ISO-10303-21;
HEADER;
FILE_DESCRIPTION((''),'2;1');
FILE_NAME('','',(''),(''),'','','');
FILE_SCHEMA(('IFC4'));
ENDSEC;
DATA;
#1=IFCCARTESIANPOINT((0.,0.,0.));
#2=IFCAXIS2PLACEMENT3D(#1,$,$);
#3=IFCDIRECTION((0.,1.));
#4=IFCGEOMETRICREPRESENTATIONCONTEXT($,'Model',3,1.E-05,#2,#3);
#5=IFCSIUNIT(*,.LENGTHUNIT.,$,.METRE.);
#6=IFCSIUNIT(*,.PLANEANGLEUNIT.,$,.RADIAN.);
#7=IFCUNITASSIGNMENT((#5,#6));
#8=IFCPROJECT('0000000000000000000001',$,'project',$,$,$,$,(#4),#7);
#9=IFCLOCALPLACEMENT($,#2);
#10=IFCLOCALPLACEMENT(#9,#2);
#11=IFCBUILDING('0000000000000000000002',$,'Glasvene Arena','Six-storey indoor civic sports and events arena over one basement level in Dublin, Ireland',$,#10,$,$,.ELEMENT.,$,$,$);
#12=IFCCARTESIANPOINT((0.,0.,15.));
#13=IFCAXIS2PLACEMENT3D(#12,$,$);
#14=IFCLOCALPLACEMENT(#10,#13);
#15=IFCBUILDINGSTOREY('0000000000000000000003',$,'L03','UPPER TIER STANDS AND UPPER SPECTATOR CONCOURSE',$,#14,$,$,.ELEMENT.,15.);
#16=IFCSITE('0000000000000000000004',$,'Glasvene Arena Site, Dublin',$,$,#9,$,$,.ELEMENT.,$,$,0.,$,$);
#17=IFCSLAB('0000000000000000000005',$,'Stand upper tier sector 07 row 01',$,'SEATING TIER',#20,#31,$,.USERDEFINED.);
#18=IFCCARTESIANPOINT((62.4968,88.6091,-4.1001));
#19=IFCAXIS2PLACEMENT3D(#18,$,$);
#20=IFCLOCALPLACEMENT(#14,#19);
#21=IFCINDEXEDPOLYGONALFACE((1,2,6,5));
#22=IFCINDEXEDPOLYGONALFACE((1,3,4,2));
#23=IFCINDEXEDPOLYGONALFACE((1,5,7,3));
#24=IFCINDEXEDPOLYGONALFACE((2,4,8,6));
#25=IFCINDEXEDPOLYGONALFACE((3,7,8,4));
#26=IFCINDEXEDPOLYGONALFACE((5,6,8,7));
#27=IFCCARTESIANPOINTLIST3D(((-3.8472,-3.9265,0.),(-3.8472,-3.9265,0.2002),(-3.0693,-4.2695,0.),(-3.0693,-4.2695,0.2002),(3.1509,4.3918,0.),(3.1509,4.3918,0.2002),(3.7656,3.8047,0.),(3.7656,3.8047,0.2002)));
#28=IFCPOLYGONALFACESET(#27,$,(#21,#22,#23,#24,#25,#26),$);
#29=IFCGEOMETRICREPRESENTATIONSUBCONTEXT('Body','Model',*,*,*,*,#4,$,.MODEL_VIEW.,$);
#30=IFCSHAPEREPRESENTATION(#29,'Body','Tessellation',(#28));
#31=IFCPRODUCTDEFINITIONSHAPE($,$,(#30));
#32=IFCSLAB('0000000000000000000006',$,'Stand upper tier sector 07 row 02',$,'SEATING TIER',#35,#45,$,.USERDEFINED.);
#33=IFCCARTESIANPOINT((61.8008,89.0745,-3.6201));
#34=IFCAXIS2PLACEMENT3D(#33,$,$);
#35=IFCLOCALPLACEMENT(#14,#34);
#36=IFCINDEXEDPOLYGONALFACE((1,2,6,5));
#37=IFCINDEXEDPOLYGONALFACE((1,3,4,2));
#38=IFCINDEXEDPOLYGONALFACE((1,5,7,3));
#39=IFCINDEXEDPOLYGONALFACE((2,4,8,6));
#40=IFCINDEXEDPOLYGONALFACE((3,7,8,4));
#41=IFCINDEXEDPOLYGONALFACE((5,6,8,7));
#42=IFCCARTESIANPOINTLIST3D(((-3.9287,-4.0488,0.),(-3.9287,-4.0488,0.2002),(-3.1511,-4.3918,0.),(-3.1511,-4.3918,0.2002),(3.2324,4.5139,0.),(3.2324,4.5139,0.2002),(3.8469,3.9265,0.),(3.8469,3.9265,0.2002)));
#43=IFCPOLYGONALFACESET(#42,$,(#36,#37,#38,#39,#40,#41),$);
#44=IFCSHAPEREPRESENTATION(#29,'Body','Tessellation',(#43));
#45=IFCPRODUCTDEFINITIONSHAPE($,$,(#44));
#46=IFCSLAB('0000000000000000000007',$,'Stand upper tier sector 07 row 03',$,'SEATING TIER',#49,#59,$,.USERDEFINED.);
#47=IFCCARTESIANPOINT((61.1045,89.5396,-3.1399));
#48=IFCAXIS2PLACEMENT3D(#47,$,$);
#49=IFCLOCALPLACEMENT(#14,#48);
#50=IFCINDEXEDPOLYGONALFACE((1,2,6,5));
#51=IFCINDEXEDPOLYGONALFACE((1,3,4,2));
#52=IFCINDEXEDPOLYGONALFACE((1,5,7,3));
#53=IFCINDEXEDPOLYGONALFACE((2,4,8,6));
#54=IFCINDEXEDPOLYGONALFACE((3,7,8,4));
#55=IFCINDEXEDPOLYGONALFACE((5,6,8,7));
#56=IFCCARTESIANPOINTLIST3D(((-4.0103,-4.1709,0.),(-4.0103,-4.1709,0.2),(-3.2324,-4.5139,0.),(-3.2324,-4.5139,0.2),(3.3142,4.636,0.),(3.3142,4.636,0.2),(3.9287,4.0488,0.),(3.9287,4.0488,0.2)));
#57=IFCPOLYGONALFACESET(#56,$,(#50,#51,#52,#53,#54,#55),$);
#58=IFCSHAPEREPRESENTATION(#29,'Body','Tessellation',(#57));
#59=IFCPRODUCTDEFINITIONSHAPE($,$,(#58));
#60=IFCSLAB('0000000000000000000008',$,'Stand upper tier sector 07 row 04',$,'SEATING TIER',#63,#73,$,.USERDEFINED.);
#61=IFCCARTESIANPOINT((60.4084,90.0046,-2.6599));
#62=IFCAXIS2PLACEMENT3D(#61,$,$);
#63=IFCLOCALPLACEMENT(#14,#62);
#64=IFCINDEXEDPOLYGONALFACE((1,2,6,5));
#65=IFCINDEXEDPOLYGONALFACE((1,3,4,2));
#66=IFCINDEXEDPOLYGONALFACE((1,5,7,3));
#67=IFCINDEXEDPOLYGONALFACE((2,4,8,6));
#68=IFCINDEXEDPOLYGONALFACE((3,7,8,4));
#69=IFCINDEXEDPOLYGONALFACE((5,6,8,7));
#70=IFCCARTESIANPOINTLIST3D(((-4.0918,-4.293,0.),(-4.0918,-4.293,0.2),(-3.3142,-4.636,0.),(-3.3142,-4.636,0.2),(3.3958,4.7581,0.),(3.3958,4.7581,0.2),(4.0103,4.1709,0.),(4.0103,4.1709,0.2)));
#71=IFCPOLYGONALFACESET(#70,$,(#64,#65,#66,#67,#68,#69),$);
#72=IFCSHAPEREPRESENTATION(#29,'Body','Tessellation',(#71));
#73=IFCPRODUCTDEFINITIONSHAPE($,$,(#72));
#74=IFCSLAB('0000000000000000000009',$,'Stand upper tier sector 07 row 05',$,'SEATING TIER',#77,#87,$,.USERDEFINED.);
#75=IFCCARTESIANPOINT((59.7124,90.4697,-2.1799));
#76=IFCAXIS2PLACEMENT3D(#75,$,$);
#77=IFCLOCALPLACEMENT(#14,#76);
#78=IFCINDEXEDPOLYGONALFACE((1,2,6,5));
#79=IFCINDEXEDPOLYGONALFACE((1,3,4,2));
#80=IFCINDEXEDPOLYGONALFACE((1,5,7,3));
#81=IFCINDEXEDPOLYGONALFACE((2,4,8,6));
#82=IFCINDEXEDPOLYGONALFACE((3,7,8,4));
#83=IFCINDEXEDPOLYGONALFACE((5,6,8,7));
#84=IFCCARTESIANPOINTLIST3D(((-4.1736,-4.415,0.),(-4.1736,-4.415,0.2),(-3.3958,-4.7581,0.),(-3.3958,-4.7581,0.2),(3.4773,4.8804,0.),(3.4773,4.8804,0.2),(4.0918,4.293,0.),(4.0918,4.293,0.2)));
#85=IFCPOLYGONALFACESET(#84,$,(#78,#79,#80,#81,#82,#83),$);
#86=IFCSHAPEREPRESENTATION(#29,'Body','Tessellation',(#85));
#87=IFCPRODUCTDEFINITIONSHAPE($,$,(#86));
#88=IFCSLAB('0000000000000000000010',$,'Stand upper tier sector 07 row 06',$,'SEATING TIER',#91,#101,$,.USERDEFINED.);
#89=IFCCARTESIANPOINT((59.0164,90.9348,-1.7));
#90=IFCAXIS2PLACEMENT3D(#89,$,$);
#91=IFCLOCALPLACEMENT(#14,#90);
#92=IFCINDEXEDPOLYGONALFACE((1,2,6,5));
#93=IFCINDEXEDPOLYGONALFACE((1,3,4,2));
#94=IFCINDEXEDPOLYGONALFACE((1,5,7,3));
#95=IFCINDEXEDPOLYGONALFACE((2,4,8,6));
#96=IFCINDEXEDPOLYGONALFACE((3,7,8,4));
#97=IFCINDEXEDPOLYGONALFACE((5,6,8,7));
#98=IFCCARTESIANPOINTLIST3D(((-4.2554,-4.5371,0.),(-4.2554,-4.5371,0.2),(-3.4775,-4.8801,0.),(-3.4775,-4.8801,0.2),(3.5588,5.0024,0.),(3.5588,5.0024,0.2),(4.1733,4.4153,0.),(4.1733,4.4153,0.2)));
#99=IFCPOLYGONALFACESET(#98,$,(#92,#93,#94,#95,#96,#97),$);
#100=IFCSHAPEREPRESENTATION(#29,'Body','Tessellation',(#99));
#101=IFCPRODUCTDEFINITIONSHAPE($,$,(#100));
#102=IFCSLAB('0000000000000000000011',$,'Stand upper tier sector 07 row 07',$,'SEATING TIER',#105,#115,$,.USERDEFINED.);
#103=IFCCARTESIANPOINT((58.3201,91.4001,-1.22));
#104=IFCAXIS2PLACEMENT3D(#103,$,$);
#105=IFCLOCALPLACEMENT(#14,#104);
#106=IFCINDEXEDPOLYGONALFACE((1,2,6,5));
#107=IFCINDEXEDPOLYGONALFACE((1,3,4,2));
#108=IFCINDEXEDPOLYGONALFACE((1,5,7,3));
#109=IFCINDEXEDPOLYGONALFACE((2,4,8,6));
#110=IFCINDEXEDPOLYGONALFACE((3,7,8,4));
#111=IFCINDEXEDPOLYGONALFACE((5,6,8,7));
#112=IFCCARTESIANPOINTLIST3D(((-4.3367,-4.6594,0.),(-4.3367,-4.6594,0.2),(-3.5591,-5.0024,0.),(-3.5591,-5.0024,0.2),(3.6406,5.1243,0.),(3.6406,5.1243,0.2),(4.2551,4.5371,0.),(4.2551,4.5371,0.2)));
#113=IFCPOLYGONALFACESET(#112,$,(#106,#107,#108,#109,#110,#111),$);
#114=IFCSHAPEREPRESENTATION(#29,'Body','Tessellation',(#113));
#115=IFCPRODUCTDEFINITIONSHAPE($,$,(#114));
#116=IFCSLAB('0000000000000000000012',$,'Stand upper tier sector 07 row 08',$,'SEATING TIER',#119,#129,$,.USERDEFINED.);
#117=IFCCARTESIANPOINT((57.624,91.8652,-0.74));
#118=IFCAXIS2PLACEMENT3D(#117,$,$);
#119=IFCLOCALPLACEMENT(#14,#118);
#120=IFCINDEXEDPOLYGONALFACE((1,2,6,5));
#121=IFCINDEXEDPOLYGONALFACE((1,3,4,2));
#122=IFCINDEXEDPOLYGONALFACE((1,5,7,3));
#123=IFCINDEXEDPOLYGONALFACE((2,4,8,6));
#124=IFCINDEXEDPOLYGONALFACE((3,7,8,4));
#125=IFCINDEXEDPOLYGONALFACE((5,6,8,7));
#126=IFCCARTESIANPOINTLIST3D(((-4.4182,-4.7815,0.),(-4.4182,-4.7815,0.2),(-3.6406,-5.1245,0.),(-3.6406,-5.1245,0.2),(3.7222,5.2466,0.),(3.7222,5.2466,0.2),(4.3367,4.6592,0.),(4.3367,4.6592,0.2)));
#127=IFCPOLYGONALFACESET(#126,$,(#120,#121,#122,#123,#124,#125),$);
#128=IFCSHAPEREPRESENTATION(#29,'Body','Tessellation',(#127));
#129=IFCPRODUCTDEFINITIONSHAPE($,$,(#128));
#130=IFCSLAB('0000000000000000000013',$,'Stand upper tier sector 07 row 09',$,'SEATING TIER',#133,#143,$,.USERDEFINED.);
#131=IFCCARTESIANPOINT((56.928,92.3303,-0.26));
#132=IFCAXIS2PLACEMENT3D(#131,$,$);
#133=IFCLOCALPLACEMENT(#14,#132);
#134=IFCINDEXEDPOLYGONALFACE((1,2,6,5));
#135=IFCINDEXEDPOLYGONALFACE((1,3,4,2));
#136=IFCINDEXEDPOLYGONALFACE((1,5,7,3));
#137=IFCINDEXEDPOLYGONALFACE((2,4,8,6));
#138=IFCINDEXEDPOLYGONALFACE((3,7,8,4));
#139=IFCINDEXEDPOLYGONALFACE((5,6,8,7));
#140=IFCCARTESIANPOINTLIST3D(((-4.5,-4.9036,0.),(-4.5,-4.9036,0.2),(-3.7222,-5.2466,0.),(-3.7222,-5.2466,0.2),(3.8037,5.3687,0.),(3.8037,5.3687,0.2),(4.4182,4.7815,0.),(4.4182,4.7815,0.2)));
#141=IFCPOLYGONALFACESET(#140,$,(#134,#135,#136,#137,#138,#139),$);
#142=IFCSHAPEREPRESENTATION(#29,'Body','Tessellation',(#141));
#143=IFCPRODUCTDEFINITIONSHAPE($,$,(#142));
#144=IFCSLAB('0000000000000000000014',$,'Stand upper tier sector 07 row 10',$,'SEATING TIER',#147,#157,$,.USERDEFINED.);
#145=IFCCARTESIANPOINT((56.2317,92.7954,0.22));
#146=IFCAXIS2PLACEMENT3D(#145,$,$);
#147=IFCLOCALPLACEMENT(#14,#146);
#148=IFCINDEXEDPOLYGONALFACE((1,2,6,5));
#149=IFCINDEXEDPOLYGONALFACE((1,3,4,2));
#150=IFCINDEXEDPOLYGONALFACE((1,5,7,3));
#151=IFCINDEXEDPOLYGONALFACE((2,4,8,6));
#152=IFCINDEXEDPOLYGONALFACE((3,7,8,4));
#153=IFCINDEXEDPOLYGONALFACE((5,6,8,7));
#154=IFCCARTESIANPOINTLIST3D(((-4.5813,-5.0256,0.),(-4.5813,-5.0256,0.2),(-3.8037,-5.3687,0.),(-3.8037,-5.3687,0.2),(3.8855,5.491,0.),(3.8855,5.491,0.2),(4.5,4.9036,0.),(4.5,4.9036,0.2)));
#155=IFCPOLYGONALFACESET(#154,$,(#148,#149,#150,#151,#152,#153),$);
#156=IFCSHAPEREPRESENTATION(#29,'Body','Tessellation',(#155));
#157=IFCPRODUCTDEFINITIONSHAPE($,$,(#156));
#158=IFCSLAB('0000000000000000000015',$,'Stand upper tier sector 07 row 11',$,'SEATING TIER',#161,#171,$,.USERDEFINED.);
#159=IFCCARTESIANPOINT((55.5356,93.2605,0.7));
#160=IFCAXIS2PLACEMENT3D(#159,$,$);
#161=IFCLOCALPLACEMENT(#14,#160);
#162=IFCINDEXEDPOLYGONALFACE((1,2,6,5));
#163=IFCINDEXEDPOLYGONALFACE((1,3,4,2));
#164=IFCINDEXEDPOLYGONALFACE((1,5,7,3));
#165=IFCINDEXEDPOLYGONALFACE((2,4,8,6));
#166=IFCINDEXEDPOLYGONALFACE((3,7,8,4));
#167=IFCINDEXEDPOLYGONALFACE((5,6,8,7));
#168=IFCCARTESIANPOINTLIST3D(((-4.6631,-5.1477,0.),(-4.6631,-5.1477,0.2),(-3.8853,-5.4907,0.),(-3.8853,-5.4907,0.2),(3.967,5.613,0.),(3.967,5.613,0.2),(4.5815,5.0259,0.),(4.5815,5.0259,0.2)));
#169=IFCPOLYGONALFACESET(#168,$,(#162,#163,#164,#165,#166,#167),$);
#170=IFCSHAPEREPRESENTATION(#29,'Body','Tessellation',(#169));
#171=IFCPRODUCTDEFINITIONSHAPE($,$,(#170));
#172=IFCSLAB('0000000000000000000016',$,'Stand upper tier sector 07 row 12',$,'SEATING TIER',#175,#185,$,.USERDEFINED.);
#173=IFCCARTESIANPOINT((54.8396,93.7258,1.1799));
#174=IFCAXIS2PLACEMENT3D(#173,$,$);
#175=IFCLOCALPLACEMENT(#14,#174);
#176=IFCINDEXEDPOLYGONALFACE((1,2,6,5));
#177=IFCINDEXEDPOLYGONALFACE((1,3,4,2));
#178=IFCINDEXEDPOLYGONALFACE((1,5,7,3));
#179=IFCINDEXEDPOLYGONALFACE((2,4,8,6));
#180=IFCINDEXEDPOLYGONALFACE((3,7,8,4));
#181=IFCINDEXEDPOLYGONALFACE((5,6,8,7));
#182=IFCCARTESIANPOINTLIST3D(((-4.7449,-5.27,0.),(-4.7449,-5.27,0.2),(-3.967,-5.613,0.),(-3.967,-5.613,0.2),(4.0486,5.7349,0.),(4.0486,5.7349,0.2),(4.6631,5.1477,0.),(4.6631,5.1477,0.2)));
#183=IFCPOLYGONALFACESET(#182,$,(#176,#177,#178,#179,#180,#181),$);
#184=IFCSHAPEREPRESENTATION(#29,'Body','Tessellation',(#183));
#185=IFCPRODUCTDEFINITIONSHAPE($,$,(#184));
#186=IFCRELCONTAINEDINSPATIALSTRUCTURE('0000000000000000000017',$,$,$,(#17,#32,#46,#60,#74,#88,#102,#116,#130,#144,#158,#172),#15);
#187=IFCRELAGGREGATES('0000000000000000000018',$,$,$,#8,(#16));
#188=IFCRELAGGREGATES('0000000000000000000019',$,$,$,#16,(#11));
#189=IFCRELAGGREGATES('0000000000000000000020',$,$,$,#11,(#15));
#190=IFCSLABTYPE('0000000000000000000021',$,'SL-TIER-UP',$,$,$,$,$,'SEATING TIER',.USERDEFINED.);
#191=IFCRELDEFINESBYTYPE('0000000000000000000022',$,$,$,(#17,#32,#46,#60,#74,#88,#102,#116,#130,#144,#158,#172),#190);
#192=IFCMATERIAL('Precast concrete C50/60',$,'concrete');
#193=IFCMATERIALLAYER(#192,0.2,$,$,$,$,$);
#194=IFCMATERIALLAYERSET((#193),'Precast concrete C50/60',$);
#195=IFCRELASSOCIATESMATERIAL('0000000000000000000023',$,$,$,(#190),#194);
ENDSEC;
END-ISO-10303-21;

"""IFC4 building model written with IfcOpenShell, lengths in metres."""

from ifc_helpers import new_model, si_unit, direction, frame, origin, place, context, subcontext, project, spatial, polyline, outline, extrude, material, layer, layer_set, type_object, element, save


model = new_model("IFC4")

# Units and contexts
model_context = context("Model", 3, precision=1e-05, world=origin(), true_north=direction((0.0, 1.0)))
body_context = subcontext(model_context, "Body", "Model", "MODEL_VIEW")
ifc_project = project(units=[si_unit("LENGTHUNIT", "METRE"), si_unit("PLANEANGLEUNIT", "RADIAN")], contexts=[model_context])

# Site, building, storey
site_placement = place(None, origin())
site = spatial("IfcSite", under=ifc_project, at=site_placement, Name="Glasvene Arena Site, Dublin", CompositionType="ELEMENT", RefElevation=0.0)
building_placement = place(site_placement, origin())
building = spatial("IfcBuilding", under=site, at=building_placement, Name="Glasvene Arena", Description="Six-storey indoor civic sports and events arena over one basement level in Dublin, Ireland", CompositionType="ELEMENT")
storey_placement = place(building_placement, frame((0.0, 0.0, 15.0)))
storey = spatial("IfcBuildingStorey", under=building, at=storey_placement, Name="L03", Description="UPPER TIER STANDS AND UPPER SPECTATOR CONCOURSE", CompositionType="ELEMENT", Elevation=15.0)

# Shared definitions
ifc_material_1 = material(Name="Precast concrete C50/60", Category="concrete")

# Slabs
ifc_layer = layer(ifc_material_1, 0.2)
ifc_layer_set = layer_set([ifc_layer], Name="Precast concrete C50/60")
slab_type = type_object("IfcSlabType", Name="SL-TIER-UP", ElementType="SEATING TIER", PredefinedType="USERDEFINED", material=ifc_layer_set)
slab_1_placement = place(storey_placement, frame((62.4968, 88.6091, -4.1001)))
element("IfcSlab", 1, at=slab_1_placement, inside=storey, type_object=slab_type, Name="Stand upper tier sector 07 row 01", ObjectType="SEATING TIER", PredefinedType="USERDEFINED", context=body_context, shape_type="SweptSolid", body=[
    extrude(outline(polyline([(3.7656, 3.8047), (-3.0693, -4.2695), (-3.8472, -3.9265), (3.1509, 4.3918), (3.7656, 3.8047)])), origin(), (0.0, 0.0, 1.0), 0.2002),
])
slab_2_placement = place(storey_placement, frame((61.8008, 89.0745, -3.6201)))
element("IfcSlab", 2, at=slab_2_placement, inside=storey, type_object=slab_type, Name="Stand upper tier sector 07 row 02", ObjectType="SEATING TIER", PredefinedType="USERDEFINED", context=body_context, shape_type="SweptSolid", body=[
    extrude(outline(polyline([(3.8469, 3.9265), (-3.1511, -4.3918), (-3.9287, -4.0488), (3.2324, 4.5139), (3.8469, 3.9265)])), origin(), (0.0, 0.0, 1.0), 0.2002),
])
slab_3_placement = place(storey_placement, frame((61.1045, 89.5396, -3.1399)))
element("IfcSlab", 3, at=slab_3_placement, inside=storey, type_object=slab_type, Name="Stand upper tier sector 07 row 03", ObjectType="SEATING TIER", PredefinedType="USERDEFINED", context=body_context, shape_type="SweptSolid", body=[
    extrude(outline(polyline([(3.9287, 4.0488), (-3.2324, -4.5139), (-4.0103, -4.1709), (3.3142, 4.636), (3.9287, 4.0488)])), origin(), (0.0, 0.0, 1.0), 0.2),
])
slab_4_placement = place(storey_placement, frame((60.4084, 90.0046, -2.6599)))
element("IfcSlab", 4, at=slab_4_placement, inside=storey, type_object=slab_type, Name="Stand upper tier sector 07 row 04", ObjectType="SEATING TIER", PredefinedType="USERDEFINED", context=body_context, shape_type="SweptSolid", body=[
    extrude(outline(polyline([(4.0103, 4.1709), (-3.3142, -4.636), (-4.0918, -4.293), (3.3958, 4.7581), (4.0103, 4.1709)])), origin(), (0.0, 0.0, 1.0), 0.2),
])
slab_5_placement = place(storey_placement, frame((59.7124, 90.4697, -2.1799)))
element("IfcSlab", 5, at=slab_5_placement, inside=storey, type_object=slab_type, Name="Stand upper tier sector 07 row 05", ObjectType="SEATING TIER", PredefinedType="USERDEFINED", context=body_context, shape_type="SweptSolid", body=[
    extrude(outline(polyline([(4.0918, 4.293), (-3.3958, -4.7581), (-4.1736, -4.415), (3.4773, 4.8804), (4.0918, 4.293)])), origin(), (0.0, 0.0, 1.0), 0.2),
])
slab_6_placement = place(storey_placement, frame((59.0164, 90.9348, -1.7)))
element("IfcSlab", 6, at=slab_6_placement, inside=storey, type_object=slab_type, Name="Stand upper tier sector 07 row 06", ObjectType="SEATING TIER", PredefinedType="USERDEFINED", context=body_context, shape_type="SweptSolid", body=[
    extrude(outline(polyline([(4.1733, 4.4153), (-3.4775, -4.8801), (-4.2554, -4.5371), (3.5588, 5.0024), (4.1733, 4.4153)])), origin(), (0.0, 0.0, 1.0), 0.2),
])
slab_7_placement = place(storey_placement, frame((58.3201, 91.4001, -1.22)))
element("IfcSlab", 7, at=slab_7_placement, inside=storey, type_object=slab_type, Name="Stand upper tier sector 07 row 07", ObjectType="SEATING TIER", PredefinedType="USERDEFINED", context=body_context, shape_type="SweptSolid", body=[
    extrude(outline(polyline([(4.2551, 4.5371), (-3.5591, -5.0024), (-4.3367, -4.6594), (3.6406, 5.1243), (4.2551, 4.5371)])), origin(), (0.0, 0.0, 1.0), 0.2),
])
slab_8_placement = place(storey_placement, frame((57.624, 91.8652, -0.74)))
element("IfcSlab", 8, at=slab_8_placement, inside=storey, type_object=slab_type, Name="Stand upper tier sector 07 row 08", ObjectType="SEATING TIER", PredefinedType="USERDEFINED", context=body_context, shape_type="SweptSolid", body=[
    extrude(outline(polyline([(4.3367, 4.6592), (-3.6406, -5.1245), (-4.4182, -4.7815), (3.7222, 5.2466), (4.3367, 4.6592)])), origin(), (0.0, 0.0, 1.0), 0.2),
])
slab_9_placement = place(storey_placement, frame((56.928, 92.3303, -0.26)))
element("IfcSlab", 9, at=slab_9_placement, inside=storey, type_object=slab_type, Name="Stand upper tier sector 07 row 09", ObjectType="SEATING TIER", PredefinedType="USERDEFINED", context=body_context, shape_type="SweptSolid", body=[
    extrude(outline(polyline([(4.4182, 4.7815), (-3.7222, -5.2466), (-4.5, -4.9036), (3.8037, 5.3687), (4.4182, 4.7815)])), origin(), (0.0, 0.0, 1.0), 0.2),
])
slab_10_placement = place(storey_placement, frame((56.2317, 92.7954, 0.22)))
element("IfcSlab", 10, at=slab_10_placement, inside=storey, type_object=slab_type, Name="Stand upper tier sector 07 row 10", ObjectType="SEATING TIER", PredefinedType="USERDEFINED", context=body_context, shape_type="SweptSolid", body=[
    extrude(outline(polyline([(4.5, 4.9036), (-3.8037, -5.3687), (-4.5813, -5.0256), (3.8855, 5.491), (4.5, 4.9036)])), origin(), (0.0, 0.0, 1.0), 0.2),
])
slab_11_placement = place(storey_placement, frame((55.5356, 93.2605, 0.7)))
element("IfcSlab", 11, at=slab_11_placement, inside=storey, type_object=slab_type, Name="Stand upper tier sector 07 row 11", ObjectType="SEATING TIER", PredefinedType="USERDEFINED", context=body_context, shape_type="SweptSolid", body=[
    extrude(outline(polyline([(4.5815, 5.0259), (-3.8853, -5.4907), (-4.6631, -5.1477), (3.967, 5.613), (4.5815, 5.0259)])), origin(), (0.0, 0.0, 1.0), 0.2),
])
slab_12_placement = place(storey_placement, frame((54.8396, 93.7258, 1.1799)))
element("IfcSlab", 12, at=slab_12_placement, inside=storey, type_object=slab_type, Name="Stand upper tier sector 07 row 12", ObjectType="SEATING TIER", PredefinedType="USERDEFINED", context=body_context, shape_type="SweptSolid", body=[
    extrude(outline(polyline([(4.6631, 5.1477), (-3.967, -5.613), (-4.7449, -5.27), (4.0486, 5.7349), (4.6631, 5.1477)])), origin(), (0.0, 0.0, 1.0), 0.2),
])

save(model, "model.ifc")
